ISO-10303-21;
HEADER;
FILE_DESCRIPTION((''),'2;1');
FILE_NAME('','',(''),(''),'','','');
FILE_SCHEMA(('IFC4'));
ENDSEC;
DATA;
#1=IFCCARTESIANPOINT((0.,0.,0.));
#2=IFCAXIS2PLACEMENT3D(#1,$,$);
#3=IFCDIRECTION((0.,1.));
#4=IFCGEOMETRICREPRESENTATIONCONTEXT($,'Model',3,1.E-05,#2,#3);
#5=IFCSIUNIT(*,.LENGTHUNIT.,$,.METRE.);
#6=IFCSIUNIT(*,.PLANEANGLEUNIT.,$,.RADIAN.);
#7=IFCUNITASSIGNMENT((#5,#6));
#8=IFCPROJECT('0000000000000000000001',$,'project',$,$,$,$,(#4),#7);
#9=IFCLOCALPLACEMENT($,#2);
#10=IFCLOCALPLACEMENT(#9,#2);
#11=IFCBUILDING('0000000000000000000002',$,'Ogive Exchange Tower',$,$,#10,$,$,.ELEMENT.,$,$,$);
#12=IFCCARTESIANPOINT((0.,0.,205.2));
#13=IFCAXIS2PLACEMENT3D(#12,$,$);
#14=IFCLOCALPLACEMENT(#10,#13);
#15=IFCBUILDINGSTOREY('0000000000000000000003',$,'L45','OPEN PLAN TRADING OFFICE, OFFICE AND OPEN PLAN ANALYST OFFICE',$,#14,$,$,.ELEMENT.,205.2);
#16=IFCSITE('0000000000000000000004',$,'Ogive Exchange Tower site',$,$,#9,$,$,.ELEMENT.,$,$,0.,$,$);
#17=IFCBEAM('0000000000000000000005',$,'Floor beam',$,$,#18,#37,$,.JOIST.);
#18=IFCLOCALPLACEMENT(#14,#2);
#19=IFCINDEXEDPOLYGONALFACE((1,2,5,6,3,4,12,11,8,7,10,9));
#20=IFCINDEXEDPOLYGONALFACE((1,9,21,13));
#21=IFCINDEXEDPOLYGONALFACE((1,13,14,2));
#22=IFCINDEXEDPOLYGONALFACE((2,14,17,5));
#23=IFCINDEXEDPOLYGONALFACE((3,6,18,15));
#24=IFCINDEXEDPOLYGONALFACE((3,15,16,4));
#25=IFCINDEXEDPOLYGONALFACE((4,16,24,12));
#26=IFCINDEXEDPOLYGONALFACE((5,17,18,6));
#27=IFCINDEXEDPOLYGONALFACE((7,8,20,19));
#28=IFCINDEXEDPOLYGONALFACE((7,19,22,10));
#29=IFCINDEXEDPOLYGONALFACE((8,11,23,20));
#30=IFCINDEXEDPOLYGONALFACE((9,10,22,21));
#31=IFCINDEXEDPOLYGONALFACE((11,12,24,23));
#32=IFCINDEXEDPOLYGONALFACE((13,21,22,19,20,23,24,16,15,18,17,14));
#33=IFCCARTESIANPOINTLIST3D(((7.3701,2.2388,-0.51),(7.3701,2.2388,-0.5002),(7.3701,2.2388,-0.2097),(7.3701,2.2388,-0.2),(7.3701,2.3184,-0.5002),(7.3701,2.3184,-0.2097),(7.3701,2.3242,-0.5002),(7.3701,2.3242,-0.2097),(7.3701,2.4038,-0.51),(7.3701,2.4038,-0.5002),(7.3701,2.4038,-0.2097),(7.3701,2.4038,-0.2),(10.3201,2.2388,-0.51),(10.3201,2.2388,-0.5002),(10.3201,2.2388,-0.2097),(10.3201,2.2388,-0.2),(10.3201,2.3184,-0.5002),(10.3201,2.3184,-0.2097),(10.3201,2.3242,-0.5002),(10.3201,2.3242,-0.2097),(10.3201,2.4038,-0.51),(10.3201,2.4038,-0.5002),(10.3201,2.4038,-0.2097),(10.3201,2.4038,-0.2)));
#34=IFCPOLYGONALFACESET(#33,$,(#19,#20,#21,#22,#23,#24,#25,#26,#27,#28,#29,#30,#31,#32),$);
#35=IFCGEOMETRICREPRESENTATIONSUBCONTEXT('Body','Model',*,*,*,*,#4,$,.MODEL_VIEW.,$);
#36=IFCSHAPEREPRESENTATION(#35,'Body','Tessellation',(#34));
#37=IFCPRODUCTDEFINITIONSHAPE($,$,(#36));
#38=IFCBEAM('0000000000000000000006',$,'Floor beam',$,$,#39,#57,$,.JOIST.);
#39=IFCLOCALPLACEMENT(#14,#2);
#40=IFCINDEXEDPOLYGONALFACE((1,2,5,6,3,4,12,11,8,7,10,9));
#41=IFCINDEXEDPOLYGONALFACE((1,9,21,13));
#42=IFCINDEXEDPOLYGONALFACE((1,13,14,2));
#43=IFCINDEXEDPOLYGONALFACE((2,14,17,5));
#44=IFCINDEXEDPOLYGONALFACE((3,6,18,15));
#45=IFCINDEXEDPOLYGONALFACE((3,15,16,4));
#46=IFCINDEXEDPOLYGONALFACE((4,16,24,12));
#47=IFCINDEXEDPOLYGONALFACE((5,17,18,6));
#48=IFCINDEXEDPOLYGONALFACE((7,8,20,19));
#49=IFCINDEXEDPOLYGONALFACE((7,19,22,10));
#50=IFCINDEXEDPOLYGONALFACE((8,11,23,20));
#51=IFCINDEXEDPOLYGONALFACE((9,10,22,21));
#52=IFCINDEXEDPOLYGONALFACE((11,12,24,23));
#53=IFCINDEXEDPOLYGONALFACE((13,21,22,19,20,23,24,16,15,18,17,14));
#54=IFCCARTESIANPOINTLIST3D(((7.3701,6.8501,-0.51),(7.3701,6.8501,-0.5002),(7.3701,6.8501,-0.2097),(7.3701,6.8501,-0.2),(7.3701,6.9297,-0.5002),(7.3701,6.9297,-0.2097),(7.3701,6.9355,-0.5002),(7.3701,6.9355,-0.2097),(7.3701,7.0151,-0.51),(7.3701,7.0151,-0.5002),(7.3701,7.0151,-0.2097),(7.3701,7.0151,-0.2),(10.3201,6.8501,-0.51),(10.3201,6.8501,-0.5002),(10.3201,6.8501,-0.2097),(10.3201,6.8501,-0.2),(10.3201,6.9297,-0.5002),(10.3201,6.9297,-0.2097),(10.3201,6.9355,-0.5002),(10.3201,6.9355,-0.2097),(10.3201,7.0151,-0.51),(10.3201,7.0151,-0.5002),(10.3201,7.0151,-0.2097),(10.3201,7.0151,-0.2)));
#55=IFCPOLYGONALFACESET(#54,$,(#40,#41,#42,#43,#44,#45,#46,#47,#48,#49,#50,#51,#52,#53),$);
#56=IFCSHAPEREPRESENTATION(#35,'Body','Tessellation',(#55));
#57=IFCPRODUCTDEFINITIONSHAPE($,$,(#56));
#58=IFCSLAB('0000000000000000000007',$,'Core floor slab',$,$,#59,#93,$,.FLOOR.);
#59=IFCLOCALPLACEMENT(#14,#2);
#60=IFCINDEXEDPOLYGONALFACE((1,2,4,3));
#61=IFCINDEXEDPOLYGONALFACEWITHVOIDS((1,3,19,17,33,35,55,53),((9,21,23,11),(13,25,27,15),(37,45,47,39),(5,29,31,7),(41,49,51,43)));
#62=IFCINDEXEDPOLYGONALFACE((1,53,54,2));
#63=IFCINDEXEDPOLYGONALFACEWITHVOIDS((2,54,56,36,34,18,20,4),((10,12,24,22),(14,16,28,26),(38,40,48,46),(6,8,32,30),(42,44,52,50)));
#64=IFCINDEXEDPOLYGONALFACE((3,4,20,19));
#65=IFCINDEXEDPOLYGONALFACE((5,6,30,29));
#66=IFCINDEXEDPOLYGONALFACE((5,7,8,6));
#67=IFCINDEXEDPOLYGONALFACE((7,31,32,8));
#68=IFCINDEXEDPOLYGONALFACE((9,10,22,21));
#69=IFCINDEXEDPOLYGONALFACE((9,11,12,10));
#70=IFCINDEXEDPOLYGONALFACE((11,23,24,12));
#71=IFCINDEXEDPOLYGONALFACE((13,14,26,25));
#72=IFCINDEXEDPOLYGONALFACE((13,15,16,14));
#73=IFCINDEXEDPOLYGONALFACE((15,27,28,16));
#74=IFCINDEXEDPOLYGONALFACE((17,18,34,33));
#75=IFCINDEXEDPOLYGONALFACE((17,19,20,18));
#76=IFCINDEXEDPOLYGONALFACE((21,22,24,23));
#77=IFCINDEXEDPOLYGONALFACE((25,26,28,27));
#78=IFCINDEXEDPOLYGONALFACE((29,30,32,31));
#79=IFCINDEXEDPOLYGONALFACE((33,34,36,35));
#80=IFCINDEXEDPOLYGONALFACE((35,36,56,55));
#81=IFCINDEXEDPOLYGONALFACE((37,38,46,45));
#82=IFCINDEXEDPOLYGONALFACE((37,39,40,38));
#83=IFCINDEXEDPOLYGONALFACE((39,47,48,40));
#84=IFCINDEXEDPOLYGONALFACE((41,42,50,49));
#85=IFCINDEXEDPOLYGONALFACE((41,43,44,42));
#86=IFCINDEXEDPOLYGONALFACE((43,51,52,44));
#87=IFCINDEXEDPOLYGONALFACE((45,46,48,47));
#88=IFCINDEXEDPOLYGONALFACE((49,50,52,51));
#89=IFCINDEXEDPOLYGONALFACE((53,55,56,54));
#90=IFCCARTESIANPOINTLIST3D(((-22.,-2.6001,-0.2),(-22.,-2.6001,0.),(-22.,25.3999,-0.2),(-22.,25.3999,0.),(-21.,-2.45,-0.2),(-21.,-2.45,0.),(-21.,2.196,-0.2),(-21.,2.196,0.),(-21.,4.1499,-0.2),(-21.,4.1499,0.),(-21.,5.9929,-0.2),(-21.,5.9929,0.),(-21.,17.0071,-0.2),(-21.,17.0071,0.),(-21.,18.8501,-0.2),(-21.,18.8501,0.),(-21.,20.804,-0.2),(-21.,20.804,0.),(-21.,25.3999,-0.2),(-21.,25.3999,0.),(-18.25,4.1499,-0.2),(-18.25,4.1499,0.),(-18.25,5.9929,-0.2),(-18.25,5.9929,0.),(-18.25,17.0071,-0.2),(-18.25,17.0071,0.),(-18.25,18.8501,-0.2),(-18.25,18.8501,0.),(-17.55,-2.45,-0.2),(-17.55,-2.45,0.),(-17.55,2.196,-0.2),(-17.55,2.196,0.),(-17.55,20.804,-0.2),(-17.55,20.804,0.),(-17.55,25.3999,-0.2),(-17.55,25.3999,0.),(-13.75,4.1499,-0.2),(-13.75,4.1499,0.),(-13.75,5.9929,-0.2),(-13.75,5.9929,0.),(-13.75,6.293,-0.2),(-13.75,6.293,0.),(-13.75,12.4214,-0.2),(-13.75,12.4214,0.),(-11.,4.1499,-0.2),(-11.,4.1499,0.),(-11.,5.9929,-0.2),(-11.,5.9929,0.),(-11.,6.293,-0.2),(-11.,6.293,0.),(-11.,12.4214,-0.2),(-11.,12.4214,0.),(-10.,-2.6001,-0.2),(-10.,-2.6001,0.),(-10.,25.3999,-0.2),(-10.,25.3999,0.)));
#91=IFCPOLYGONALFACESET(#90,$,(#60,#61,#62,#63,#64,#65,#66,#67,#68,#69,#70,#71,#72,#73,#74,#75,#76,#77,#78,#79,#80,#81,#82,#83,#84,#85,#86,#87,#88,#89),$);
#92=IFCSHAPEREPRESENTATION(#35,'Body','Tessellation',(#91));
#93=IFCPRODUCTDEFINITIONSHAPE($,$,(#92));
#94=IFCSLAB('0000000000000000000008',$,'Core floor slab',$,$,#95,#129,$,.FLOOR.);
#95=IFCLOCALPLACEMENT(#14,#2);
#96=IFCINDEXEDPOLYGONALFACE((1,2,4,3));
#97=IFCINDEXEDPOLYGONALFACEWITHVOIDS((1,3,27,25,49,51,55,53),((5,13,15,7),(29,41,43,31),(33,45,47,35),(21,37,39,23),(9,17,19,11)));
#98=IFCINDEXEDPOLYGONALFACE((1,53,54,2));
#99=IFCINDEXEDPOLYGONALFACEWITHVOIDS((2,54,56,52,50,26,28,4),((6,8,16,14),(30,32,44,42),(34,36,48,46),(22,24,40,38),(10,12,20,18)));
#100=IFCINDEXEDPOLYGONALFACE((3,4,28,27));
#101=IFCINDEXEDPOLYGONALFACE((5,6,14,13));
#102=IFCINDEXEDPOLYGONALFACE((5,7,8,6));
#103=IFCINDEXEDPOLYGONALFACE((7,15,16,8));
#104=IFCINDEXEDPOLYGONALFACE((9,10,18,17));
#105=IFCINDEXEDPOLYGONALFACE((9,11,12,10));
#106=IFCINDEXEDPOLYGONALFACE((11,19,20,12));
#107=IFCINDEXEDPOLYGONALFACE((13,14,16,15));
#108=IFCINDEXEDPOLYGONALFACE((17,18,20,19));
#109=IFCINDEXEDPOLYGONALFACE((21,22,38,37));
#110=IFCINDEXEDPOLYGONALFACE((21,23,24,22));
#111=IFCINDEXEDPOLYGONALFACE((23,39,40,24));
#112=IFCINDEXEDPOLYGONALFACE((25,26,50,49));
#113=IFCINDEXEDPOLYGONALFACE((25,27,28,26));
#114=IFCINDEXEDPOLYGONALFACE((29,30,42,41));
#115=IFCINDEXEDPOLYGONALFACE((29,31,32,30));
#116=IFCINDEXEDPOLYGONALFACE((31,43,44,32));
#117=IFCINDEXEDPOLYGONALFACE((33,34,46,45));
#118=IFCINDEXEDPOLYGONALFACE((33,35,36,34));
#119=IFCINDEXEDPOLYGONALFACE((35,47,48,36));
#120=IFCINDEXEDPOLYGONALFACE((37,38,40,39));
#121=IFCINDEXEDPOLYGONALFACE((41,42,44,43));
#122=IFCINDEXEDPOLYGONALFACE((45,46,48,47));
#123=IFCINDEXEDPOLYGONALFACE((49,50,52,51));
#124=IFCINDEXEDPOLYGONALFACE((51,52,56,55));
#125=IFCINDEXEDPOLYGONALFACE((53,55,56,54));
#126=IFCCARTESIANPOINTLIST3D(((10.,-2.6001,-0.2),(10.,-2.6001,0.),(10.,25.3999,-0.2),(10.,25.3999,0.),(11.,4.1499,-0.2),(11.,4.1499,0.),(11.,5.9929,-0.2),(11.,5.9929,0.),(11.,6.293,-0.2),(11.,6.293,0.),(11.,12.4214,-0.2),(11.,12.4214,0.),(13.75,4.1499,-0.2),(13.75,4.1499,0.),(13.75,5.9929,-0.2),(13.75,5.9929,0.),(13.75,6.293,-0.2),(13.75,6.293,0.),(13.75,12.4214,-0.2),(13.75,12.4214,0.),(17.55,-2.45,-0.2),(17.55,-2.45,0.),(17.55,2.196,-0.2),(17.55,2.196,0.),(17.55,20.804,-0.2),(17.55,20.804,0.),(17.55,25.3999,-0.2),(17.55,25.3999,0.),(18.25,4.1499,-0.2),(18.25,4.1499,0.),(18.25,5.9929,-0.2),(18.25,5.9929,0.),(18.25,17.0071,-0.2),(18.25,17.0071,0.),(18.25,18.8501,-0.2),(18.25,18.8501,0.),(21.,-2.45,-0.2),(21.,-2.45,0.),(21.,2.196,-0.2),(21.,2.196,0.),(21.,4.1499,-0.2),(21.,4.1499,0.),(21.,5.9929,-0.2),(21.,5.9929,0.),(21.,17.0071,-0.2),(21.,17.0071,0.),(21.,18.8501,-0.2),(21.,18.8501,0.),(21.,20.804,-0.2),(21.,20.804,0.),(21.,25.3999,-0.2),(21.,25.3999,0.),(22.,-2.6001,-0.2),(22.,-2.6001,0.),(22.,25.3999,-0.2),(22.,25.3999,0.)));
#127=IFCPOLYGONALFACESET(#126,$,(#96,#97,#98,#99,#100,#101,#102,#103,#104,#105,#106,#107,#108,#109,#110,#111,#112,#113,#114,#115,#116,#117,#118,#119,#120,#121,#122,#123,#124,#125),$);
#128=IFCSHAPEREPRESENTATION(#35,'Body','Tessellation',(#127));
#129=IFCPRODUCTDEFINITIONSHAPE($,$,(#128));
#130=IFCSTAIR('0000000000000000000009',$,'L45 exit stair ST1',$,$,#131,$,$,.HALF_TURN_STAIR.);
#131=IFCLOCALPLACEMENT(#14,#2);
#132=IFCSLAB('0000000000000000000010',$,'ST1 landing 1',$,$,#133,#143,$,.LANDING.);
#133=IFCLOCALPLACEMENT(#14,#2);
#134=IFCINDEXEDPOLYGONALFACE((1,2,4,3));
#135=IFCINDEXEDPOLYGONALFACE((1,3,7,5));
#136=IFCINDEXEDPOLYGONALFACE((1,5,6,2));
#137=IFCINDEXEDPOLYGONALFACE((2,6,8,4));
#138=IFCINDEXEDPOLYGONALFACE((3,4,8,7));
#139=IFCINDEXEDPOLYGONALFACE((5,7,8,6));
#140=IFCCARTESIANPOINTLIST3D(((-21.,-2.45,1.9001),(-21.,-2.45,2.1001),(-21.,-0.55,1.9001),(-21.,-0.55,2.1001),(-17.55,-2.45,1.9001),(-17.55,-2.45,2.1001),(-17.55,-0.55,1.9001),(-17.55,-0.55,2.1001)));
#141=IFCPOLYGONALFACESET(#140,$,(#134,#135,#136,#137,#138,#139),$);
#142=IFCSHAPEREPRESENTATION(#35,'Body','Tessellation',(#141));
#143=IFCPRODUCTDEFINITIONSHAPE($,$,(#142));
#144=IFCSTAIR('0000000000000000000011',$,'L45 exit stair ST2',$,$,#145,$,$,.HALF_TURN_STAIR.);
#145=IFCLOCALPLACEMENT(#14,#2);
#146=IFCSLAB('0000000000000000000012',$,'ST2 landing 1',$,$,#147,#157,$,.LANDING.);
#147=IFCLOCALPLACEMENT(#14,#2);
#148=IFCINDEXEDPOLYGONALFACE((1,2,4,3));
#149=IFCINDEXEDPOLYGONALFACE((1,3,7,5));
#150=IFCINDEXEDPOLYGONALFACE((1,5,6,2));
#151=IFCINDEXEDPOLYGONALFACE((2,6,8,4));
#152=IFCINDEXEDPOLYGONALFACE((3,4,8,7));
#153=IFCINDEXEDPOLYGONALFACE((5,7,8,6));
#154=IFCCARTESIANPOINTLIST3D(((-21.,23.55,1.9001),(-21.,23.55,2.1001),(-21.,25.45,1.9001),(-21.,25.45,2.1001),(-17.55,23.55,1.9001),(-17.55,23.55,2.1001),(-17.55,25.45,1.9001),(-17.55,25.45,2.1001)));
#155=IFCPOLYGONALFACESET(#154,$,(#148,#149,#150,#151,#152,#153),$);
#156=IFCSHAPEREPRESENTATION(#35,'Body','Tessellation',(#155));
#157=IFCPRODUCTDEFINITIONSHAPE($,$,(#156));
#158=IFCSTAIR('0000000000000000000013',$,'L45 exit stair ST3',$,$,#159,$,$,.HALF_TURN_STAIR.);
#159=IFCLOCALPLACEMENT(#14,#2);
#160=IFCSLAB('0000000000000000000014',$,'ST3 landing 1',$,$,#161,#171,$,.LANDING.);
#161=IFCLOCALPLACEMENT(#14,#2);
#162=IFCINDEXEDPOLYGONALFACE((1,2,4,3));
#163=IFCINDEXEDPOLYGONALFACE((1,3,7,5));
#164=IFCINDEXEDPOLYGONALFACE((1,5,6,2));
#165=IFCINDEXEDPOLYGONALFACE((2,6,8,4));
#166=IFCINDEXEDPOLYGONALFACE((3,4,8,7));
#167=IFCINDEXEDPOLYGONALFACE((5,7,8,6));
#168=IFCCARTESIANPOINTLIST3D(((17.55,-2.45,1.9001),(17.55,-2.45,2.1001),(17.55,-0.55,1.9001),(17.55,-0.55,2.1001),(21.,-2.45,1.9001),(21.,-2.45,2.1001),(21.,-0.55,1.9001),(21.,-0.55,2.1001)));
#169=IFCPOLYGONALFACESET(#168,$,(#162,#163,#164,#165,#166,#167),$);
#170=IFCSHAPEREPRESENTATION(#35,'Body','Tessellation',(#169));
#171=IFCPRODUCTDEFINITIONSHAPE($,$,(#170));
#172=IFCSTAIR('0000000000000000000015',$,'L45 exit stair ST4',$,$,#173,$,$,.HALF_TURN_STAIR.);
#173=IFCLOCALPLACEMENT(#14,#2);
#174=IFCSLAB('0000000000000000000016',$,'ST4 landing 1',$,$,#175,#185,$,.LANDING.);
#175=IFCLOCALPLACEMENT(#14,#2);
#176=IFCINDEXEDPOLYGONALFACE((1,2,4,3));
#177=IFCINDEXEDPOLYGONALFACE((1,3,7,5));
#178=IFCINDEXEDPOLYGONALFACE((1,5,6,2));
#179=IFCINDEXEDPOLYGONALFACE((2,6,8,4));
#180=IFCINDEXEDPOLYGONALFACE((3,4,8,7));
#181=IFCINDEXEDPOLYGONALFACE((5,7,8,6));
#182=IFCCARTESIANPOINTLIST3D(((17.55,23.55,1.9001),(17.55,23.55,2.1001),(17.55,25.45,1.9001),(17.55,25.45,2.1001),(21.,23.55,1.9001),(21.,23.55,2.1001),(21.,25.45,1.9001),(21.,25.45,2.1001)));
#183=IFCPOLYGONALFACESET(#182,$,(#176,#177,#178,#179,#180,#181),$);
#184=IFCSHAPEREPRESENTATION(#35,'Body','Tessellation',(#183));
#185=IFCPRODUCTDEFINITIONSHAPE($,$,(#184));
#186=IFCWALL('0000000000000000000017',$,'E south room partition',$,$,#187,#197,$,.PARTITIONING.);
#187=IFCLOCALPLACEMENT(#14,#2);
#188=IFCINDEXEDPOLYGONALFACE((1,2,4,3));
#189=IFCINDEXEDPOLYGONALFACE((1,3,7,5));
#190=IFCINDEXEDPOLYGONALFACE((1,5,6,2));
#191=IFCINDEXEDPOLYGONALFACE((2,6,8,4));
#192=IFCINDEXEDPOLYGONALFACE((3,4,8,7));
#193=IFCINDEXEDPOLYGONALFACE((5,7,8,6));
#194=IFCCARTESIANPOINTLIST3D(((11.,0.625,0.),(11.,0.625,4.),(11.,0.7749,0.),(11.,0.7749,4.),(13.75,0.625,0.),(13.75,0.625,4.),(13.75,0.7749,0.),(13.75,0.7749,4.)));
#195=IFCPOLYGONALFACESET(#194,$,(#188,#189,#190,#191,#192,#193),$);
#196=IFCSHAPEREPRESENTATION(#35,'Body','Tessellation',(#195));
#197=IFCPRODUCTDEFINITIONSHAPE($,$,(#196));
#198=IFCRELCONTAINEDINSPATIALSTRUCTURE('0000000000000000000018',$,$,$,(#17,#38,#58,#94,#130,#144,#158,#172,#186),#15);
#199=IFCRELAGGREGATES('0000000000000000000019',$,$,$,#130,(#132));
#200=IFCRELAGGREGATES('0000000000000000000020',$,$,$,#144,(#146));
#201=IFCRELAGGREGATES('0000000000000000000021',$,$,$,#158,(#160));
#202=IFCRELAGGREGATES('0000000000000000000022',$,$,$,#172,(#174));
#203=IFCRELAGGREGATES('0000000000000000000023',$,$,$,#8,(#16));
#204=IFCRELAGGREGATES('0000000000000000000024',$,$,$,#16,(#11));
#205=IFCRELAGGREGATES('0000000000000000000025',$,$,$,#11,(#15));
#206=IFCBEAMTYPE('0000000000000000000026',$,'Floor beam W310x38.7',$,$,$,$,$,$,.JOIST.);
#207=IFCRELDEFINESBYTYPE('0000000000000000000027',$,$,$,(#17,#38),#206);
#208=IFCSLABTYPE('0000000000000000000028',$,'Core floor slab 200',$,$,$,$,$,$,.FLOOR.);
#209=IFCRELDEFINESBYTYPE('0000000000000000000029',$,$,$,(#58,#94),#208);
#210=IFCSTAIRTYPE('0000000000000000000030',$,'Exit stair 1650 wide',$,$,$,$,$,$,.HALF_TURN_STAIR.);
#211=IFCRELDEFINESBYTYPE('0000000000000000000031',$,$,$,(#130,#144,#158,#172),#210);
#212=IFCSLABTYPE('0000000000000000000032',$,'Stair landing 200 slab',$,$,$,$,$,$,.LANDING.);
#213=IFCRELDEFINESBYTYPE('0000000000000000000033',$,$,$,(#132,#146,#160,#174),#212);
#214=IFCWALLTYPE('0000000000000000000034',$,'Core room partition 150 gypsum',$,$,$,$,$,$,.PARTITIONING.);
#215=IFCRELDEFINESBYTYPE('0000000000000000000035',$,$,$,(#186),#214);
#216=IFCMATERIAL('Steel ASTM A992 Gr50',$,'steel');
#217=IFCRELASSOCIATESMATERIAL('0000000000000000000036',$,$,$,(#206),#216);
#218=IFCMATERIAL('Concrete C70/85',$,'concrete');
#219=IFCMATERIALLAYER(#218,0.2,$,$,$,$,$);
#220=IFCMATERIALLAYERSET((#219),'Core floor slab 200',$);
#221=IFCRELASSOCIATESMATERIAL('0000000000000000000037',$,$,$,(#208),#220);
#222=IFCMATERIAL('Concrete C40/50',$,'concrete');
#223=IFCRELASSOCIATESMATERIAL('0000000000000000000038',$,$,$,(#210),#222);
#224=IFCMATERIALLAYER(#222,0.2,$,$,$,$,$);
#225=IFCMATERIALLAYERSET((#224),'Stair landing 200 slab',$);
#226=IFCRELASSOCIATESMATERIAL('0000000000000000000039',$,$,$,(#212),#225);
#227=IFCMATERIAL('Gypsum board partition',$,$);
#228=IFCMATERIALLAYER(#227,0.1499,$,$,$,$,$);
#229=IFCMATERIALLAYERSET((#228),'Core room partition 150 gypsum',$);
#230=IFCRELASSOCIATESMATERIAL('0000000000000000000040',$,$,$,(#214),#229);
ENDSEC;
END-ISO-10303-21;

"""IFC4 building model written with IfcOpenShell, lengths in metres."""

from ifc_helpers import new_model, si_unit, direction, frame, frame_2d, origin, origin_2d, place, context, subcontext, project, spatial, polyline, rectangle, i_section, outline, extrude, material, layer, layer_set, material_profile, profile_set, type_object, element, aggregate, save


model = new_model("IFC4")

# Units and contexts
model_context = context("Model", 3, precision=1e-05, world=origin(), true_north=direction((0.0, 1.0)))
body_context = subcontext(model_context, "Body", "Model", "MODEL_VIEW")
ifc_project = project(units=[si_unit("LENGTHUNIT", "METRE"), si_unit("PLANEANGLEUNIT", "RADIAN")], contexts=[model_context])

# Site, building, storey
site_placement = place(None, origin())
site = spatial("IfcSite", under=ifc_project, at=site_placement, Name="Ogive Exchange Tower site", CompositionType="ELEMENT", RefElevation=0.0)
building_placement = place(site_placement, origin())
building = spatial("IfcBuilding", under=site, at=building_placement, Name="Ogive Exchange Tower", CompositionType="ELEMENT")
storey_placement = place(building_placement, frame((0.0, 0.0, 205.2)))
storey = spatial("IfcBuildingStorey", under=building, at=storey_placement, Name="L45", Description="OPEN PLAN TRADING OFFICE, OFFICE AND OPEN PLAN ANALYST OFFICE", CompositionType="ELEMENT", Elevation=205.2)

# Beams
ifc_material_1 = material(Name="Steel ASTM A992 Gr50", Category="steel")
ifc_material_profile = material_profile(ifc_material_1, i_section(OverallWidth=0.165, OverallDepth=0.3101, WebThickness=0.0059, FlangeThickness=0.0098, at=origin_2d()), Name="W310x38.7")
ifc_profile_set = profile_set([ifc_material_profile], Name="Steel ASTM A992 Gr50")
beam_type = type_object("IfcBeamType", Name="Floor beam W310x38.7", PredefinedType="JOIST", material=ifc_profile_set)
for number, where, z_axis, x_axis, name in (
    (1, (7.3701, 2.3213, -0.355), (1.0, 0.0, 0.0), (0.0, 1.0, 0.0), "Floor beam"),
    (2, (7.3701, 6.9326, -0.355), (1.0, 0.0, 0.0), (0.0, 1.0, 0.0), "Floor beam"),
):
    element("IfcBeam", number, at=place(storey_placement, frame(where, z_axis=z_axis, x_axis=x_axis)), inside=storey, type_object=beam_type, Name=name, PredefinedType="JOIST", context=body_context, shape_type="SweptSolid", body=[
        extrude(i_section(OverallWidth=0.165, OverallDepth=0.3101, WebThickness=0.0059, FlangeThickness=0.0098, at=origin_2d()), origin(), (0.0, 0.0, 1.0), 2.95),
    ])

# Slabs
ifc_material_2 = material(Name="Concrete C70/85", Category="concrete")
ifc_layer_1 = layer(ifc_material_2, 0.2)
ifc_layer_set_1 = layer_set([ifc_layer_1], Name="Core floor slab 200")
slab_type_1 = type_object("IfcSlabType", Name="Core floor slab 200", PredefinedType="FLOOR", material=ifc_layer_set_1)
slab_1_placement = place(storey_placement, frame((0.0, 0.0, -0.2)))
element("IfcSlab", 3, at=slab_1_placement, inside=storey, type_object=slab_type_1, Name="Core floor slab", PredefinedType="FLOOR", context=body_context, shape_type="SweptSolid", body=[
    extrude(outline(polyline([(-10.0, 25.3999), (-10.0, -2.6001), (-22.0, -2.6001), (-22.0, 25.3999), (-21.0, 25.3999), (-21.0, 20.804), (-17.55, 20.804), (-17.55, 25.3999), (-10.0, 25.3999)]), holes=[polyline([(-17.55, 2.196), (-21.0, 2.196), (-21.0, -2.45), (-17.55, -2.45), (-17.55, 2.196)]), polyline([(-18.25, 5.9929), (-21.0, 5.9929), (-21.0, 4.1499), (-18.25, 4.1499), (-18.25, 5.9929)]), polyline([(-11.0, 5.9929), (-13.75, 5.9929), (-13.75, 4.1499), (-11.0, 4.1499), (-11.0, 5.9929)]), polyline([(-13.75, 12.4214), (-13.75, 6.293), (-11.0, 6.293), (-11.0, 12.4214), (-13.75, 12.4214)]), polyline([(-18.25, 18.8501), (-21.0, 18.8501), (-21.0, 17.0071), (-18.25, 17.0071), (-18.25, 18.8501)])]), origin(), (0.0, 0.0, 1.0), 0.2),
])
slab_2_placement = place(storey_placement, frame((0.0, 0.0, -0.2)))
element("IfcSlab", 4, at=slab_2_placement, inside=storey, type_object=slab_type_1, Name="Core floor slab", PredefinedType="FLOOR", context=body_context, shape_type="SweptSolid", body=[
    extrude(outline(polyline([(22.0, 25.3999), (22.0, -2.6001), (10.0, -2.6001), (10.0, 25.3999), (17.55, 25.3999), (17.55, 20.804), (21.0, 20.804), (21.0, 25.3999), (22.0, 25.3999)]), holes=[polyline([(21.0, 2.196), (17.55, 2.196), (17.55, -2.45), (21.0, -2.45), (21.0, 2.196)]), polyline([(13.75, 5.9929), (11.0, 5.9929), (11.0, 4.1499), (13.75, 4.1499), (13.75, 5.9929)]), polyline([(21.0, 5.9929), (18.25, 5.9929), (18.25, 4.1499), (21.0, 4.1499), (21.0, 5.9929)]), polyline([(11.0, 12.4214), (11.0, 6.293), (13.75, 6.293), (13.75, 12.4214), (11.0, 12.4214)]), polyline([(21.0, 18.8501), (18.25, 18.8501), (18.25, 17.0071), (21.0, 17.0071), (21.0, 18.8501)])]), origin(), (0.0, 0.0, 1.0), 0.2),
])

# Stairs, slabs
ifc_material_3 = material(Name="Concrete C40/50", Category="concrete")
stair_type = type_object("IfcStairType", Name="Exit stair 1650 wide", PredefinedType="HALF_TURN_STAIR", material=ifc_material_3)
stair_1_placement = place(storey_placement, origin())
stair_1 = element("IfcStair", 5, at=stair_1_placement, inside=storey, type_object=stair_type, Name="L45 exit stair ST1", PredefinedType="HALF_TURN_STAIR")
ifc_layer_2 = layer(ifc_material_3, 0.2)
ifc_layer_set_2 = layer_set([ifc_layer_2], Name="Stair landing 200 slab")
slab_type_2 = type_object("IfcSlabType", Name="Stair landing 200 slab", PredefinedType="LANDING", material=ifc_layer_set_2)
slab_3_placement = place(storey_placement, frame((0.0, 0.0, 1.9001)))
slab_3 = element("IfcSlab", 6, at=slab_3_placement, type_object=slab_type_2, Name="ST1 landing 1", PredefinedType="LANDING", context=body_context, shape_type="SweptSolid", body=[
    extrude(outline(polyline([(-21.0, -0.55), (-21.0, -2.45), (-17.55, -2.45), (-17.55, -0.55), (-21.0, -0.55)])), origin(), (0.0, 0.0, 1.0), 0.2),
])
aggregate(stair_1, [slab_3])
stair_2_placement = place(storey_placement, origin())
stair_2 = element("IfcStair", 7, at=stair_2_placement, inside=storey, type_object=stair_type, Name="L45 exit stair ST2", PredefinedType="HALF_TURN_STAIR")
slab_4_placement = place(storey_placement, frame((0.0, 0.0, 1.9001)))
slab_4 = element("IfcSlab", 8, at=slab_4_placement, type_object=slab_type_2, Name="ST2 landing 1", PredefinedType="LANDING", context=body_context, shape_type="SweptSolid", body=[
    extrude(outline(polyline([(-17.55, 23.55), (-17.55, 25.45), (-21.0, 25.45), (-21.0, 23.55), (-17.55, 23.55)])), origin(), (0.0, 0.0, 1.0), 0.2),
])
aggregate(stair_2, [slab_4])
stair_3_placement = place(storey_placement, origin())
stair_3 = element("IfcStair", 9, at=stair_3_placement, inside=storey, type_object=stair_type, Name="L45 exit stair ST3", PredefinedType="HALF_TURN_STAIR")
slab_5_placement = place(storey_placement, frame((0.0, 0.0, 1.9001)))
slab_5 = element("IfcSlab", 10, at=slab_5_placement, type_object=slab_type_2, Name="ST3 landing 1", PredefinedType="LANDING", context=body_context, shape_type="SweptSolid", body=[
    extrude(outline(polyline([(17.55, -0.55), (17.55, -2.45), (21.0, -2.45), (21.0, -0.55), (17.55, -0.55)])), origin(), (0.0, 0.0, 1.0), 0.2),
])
aggregate(stair_3, [slab_5])
stair_4_placement = place(storey_placement, origin())
stair_4 = element("IfcStair", 11, at=stair_4_placement, inside=storey, type_object=stair_type, Name="L45 exit stair ST4", PredefinedType="HALF_TURN_STAIR")
slab_6_placement = place(storey_placement, frame((0.0, 0.0, 1.9001)))
slab_6 = element("IfcSlab", 12, at=slab_6_placement, type_object=slab_type_2, Name="ST4 landing 1", PredefinedType="LANDING", context=body_context, shape_type="SweptSolid", body=[
    extrude(outline(polyline([(21.0, 23.55), (21.0, 25.45), (17.55, 25.45), (17.55, 23.55), (21.0, 23.55)])), origin(), (0.0, 0.0, 1.0), 0.2),
])
aggregate(stair_4, [slab_6])

# Wall
ifc_material_4 = material(Name="Gypsum board partition")
ifc_layer_3 = layer(ifc_material_4, 0.1499)
ifc_layer_set_3 = layer_set([ifc_layer_3], Name="Core room partition 150 gypsum")
wall_type_1 = type_object("IfcWallType", Name="Core room partition 150 gypsum", PredefinedType="PARTITIONING", material=ifc_layer_set_3)
wall_1_placement = place(storey_placement, frame((11.0, 0.7, 0.0), z_axis=(0.0, 0.0, 1.0), x_axis=(1.0, 0.0, 0.0)))
element("IfcWall", 13, at=wall_1_placement, inside=storey, type_object=wall_type_1, Name="E south room partition", PredefinedType="PARTITIONING", context=body_context, shape_type="SweptSolid", body=[
    extrude(rectangle(XDim=2.75, YDim=0.1499, at=frame_2d((1.375, 0.0))), origin(), (0.0, 0.0, 1.0), 4.0),
])

save(model, "model.ifc")
